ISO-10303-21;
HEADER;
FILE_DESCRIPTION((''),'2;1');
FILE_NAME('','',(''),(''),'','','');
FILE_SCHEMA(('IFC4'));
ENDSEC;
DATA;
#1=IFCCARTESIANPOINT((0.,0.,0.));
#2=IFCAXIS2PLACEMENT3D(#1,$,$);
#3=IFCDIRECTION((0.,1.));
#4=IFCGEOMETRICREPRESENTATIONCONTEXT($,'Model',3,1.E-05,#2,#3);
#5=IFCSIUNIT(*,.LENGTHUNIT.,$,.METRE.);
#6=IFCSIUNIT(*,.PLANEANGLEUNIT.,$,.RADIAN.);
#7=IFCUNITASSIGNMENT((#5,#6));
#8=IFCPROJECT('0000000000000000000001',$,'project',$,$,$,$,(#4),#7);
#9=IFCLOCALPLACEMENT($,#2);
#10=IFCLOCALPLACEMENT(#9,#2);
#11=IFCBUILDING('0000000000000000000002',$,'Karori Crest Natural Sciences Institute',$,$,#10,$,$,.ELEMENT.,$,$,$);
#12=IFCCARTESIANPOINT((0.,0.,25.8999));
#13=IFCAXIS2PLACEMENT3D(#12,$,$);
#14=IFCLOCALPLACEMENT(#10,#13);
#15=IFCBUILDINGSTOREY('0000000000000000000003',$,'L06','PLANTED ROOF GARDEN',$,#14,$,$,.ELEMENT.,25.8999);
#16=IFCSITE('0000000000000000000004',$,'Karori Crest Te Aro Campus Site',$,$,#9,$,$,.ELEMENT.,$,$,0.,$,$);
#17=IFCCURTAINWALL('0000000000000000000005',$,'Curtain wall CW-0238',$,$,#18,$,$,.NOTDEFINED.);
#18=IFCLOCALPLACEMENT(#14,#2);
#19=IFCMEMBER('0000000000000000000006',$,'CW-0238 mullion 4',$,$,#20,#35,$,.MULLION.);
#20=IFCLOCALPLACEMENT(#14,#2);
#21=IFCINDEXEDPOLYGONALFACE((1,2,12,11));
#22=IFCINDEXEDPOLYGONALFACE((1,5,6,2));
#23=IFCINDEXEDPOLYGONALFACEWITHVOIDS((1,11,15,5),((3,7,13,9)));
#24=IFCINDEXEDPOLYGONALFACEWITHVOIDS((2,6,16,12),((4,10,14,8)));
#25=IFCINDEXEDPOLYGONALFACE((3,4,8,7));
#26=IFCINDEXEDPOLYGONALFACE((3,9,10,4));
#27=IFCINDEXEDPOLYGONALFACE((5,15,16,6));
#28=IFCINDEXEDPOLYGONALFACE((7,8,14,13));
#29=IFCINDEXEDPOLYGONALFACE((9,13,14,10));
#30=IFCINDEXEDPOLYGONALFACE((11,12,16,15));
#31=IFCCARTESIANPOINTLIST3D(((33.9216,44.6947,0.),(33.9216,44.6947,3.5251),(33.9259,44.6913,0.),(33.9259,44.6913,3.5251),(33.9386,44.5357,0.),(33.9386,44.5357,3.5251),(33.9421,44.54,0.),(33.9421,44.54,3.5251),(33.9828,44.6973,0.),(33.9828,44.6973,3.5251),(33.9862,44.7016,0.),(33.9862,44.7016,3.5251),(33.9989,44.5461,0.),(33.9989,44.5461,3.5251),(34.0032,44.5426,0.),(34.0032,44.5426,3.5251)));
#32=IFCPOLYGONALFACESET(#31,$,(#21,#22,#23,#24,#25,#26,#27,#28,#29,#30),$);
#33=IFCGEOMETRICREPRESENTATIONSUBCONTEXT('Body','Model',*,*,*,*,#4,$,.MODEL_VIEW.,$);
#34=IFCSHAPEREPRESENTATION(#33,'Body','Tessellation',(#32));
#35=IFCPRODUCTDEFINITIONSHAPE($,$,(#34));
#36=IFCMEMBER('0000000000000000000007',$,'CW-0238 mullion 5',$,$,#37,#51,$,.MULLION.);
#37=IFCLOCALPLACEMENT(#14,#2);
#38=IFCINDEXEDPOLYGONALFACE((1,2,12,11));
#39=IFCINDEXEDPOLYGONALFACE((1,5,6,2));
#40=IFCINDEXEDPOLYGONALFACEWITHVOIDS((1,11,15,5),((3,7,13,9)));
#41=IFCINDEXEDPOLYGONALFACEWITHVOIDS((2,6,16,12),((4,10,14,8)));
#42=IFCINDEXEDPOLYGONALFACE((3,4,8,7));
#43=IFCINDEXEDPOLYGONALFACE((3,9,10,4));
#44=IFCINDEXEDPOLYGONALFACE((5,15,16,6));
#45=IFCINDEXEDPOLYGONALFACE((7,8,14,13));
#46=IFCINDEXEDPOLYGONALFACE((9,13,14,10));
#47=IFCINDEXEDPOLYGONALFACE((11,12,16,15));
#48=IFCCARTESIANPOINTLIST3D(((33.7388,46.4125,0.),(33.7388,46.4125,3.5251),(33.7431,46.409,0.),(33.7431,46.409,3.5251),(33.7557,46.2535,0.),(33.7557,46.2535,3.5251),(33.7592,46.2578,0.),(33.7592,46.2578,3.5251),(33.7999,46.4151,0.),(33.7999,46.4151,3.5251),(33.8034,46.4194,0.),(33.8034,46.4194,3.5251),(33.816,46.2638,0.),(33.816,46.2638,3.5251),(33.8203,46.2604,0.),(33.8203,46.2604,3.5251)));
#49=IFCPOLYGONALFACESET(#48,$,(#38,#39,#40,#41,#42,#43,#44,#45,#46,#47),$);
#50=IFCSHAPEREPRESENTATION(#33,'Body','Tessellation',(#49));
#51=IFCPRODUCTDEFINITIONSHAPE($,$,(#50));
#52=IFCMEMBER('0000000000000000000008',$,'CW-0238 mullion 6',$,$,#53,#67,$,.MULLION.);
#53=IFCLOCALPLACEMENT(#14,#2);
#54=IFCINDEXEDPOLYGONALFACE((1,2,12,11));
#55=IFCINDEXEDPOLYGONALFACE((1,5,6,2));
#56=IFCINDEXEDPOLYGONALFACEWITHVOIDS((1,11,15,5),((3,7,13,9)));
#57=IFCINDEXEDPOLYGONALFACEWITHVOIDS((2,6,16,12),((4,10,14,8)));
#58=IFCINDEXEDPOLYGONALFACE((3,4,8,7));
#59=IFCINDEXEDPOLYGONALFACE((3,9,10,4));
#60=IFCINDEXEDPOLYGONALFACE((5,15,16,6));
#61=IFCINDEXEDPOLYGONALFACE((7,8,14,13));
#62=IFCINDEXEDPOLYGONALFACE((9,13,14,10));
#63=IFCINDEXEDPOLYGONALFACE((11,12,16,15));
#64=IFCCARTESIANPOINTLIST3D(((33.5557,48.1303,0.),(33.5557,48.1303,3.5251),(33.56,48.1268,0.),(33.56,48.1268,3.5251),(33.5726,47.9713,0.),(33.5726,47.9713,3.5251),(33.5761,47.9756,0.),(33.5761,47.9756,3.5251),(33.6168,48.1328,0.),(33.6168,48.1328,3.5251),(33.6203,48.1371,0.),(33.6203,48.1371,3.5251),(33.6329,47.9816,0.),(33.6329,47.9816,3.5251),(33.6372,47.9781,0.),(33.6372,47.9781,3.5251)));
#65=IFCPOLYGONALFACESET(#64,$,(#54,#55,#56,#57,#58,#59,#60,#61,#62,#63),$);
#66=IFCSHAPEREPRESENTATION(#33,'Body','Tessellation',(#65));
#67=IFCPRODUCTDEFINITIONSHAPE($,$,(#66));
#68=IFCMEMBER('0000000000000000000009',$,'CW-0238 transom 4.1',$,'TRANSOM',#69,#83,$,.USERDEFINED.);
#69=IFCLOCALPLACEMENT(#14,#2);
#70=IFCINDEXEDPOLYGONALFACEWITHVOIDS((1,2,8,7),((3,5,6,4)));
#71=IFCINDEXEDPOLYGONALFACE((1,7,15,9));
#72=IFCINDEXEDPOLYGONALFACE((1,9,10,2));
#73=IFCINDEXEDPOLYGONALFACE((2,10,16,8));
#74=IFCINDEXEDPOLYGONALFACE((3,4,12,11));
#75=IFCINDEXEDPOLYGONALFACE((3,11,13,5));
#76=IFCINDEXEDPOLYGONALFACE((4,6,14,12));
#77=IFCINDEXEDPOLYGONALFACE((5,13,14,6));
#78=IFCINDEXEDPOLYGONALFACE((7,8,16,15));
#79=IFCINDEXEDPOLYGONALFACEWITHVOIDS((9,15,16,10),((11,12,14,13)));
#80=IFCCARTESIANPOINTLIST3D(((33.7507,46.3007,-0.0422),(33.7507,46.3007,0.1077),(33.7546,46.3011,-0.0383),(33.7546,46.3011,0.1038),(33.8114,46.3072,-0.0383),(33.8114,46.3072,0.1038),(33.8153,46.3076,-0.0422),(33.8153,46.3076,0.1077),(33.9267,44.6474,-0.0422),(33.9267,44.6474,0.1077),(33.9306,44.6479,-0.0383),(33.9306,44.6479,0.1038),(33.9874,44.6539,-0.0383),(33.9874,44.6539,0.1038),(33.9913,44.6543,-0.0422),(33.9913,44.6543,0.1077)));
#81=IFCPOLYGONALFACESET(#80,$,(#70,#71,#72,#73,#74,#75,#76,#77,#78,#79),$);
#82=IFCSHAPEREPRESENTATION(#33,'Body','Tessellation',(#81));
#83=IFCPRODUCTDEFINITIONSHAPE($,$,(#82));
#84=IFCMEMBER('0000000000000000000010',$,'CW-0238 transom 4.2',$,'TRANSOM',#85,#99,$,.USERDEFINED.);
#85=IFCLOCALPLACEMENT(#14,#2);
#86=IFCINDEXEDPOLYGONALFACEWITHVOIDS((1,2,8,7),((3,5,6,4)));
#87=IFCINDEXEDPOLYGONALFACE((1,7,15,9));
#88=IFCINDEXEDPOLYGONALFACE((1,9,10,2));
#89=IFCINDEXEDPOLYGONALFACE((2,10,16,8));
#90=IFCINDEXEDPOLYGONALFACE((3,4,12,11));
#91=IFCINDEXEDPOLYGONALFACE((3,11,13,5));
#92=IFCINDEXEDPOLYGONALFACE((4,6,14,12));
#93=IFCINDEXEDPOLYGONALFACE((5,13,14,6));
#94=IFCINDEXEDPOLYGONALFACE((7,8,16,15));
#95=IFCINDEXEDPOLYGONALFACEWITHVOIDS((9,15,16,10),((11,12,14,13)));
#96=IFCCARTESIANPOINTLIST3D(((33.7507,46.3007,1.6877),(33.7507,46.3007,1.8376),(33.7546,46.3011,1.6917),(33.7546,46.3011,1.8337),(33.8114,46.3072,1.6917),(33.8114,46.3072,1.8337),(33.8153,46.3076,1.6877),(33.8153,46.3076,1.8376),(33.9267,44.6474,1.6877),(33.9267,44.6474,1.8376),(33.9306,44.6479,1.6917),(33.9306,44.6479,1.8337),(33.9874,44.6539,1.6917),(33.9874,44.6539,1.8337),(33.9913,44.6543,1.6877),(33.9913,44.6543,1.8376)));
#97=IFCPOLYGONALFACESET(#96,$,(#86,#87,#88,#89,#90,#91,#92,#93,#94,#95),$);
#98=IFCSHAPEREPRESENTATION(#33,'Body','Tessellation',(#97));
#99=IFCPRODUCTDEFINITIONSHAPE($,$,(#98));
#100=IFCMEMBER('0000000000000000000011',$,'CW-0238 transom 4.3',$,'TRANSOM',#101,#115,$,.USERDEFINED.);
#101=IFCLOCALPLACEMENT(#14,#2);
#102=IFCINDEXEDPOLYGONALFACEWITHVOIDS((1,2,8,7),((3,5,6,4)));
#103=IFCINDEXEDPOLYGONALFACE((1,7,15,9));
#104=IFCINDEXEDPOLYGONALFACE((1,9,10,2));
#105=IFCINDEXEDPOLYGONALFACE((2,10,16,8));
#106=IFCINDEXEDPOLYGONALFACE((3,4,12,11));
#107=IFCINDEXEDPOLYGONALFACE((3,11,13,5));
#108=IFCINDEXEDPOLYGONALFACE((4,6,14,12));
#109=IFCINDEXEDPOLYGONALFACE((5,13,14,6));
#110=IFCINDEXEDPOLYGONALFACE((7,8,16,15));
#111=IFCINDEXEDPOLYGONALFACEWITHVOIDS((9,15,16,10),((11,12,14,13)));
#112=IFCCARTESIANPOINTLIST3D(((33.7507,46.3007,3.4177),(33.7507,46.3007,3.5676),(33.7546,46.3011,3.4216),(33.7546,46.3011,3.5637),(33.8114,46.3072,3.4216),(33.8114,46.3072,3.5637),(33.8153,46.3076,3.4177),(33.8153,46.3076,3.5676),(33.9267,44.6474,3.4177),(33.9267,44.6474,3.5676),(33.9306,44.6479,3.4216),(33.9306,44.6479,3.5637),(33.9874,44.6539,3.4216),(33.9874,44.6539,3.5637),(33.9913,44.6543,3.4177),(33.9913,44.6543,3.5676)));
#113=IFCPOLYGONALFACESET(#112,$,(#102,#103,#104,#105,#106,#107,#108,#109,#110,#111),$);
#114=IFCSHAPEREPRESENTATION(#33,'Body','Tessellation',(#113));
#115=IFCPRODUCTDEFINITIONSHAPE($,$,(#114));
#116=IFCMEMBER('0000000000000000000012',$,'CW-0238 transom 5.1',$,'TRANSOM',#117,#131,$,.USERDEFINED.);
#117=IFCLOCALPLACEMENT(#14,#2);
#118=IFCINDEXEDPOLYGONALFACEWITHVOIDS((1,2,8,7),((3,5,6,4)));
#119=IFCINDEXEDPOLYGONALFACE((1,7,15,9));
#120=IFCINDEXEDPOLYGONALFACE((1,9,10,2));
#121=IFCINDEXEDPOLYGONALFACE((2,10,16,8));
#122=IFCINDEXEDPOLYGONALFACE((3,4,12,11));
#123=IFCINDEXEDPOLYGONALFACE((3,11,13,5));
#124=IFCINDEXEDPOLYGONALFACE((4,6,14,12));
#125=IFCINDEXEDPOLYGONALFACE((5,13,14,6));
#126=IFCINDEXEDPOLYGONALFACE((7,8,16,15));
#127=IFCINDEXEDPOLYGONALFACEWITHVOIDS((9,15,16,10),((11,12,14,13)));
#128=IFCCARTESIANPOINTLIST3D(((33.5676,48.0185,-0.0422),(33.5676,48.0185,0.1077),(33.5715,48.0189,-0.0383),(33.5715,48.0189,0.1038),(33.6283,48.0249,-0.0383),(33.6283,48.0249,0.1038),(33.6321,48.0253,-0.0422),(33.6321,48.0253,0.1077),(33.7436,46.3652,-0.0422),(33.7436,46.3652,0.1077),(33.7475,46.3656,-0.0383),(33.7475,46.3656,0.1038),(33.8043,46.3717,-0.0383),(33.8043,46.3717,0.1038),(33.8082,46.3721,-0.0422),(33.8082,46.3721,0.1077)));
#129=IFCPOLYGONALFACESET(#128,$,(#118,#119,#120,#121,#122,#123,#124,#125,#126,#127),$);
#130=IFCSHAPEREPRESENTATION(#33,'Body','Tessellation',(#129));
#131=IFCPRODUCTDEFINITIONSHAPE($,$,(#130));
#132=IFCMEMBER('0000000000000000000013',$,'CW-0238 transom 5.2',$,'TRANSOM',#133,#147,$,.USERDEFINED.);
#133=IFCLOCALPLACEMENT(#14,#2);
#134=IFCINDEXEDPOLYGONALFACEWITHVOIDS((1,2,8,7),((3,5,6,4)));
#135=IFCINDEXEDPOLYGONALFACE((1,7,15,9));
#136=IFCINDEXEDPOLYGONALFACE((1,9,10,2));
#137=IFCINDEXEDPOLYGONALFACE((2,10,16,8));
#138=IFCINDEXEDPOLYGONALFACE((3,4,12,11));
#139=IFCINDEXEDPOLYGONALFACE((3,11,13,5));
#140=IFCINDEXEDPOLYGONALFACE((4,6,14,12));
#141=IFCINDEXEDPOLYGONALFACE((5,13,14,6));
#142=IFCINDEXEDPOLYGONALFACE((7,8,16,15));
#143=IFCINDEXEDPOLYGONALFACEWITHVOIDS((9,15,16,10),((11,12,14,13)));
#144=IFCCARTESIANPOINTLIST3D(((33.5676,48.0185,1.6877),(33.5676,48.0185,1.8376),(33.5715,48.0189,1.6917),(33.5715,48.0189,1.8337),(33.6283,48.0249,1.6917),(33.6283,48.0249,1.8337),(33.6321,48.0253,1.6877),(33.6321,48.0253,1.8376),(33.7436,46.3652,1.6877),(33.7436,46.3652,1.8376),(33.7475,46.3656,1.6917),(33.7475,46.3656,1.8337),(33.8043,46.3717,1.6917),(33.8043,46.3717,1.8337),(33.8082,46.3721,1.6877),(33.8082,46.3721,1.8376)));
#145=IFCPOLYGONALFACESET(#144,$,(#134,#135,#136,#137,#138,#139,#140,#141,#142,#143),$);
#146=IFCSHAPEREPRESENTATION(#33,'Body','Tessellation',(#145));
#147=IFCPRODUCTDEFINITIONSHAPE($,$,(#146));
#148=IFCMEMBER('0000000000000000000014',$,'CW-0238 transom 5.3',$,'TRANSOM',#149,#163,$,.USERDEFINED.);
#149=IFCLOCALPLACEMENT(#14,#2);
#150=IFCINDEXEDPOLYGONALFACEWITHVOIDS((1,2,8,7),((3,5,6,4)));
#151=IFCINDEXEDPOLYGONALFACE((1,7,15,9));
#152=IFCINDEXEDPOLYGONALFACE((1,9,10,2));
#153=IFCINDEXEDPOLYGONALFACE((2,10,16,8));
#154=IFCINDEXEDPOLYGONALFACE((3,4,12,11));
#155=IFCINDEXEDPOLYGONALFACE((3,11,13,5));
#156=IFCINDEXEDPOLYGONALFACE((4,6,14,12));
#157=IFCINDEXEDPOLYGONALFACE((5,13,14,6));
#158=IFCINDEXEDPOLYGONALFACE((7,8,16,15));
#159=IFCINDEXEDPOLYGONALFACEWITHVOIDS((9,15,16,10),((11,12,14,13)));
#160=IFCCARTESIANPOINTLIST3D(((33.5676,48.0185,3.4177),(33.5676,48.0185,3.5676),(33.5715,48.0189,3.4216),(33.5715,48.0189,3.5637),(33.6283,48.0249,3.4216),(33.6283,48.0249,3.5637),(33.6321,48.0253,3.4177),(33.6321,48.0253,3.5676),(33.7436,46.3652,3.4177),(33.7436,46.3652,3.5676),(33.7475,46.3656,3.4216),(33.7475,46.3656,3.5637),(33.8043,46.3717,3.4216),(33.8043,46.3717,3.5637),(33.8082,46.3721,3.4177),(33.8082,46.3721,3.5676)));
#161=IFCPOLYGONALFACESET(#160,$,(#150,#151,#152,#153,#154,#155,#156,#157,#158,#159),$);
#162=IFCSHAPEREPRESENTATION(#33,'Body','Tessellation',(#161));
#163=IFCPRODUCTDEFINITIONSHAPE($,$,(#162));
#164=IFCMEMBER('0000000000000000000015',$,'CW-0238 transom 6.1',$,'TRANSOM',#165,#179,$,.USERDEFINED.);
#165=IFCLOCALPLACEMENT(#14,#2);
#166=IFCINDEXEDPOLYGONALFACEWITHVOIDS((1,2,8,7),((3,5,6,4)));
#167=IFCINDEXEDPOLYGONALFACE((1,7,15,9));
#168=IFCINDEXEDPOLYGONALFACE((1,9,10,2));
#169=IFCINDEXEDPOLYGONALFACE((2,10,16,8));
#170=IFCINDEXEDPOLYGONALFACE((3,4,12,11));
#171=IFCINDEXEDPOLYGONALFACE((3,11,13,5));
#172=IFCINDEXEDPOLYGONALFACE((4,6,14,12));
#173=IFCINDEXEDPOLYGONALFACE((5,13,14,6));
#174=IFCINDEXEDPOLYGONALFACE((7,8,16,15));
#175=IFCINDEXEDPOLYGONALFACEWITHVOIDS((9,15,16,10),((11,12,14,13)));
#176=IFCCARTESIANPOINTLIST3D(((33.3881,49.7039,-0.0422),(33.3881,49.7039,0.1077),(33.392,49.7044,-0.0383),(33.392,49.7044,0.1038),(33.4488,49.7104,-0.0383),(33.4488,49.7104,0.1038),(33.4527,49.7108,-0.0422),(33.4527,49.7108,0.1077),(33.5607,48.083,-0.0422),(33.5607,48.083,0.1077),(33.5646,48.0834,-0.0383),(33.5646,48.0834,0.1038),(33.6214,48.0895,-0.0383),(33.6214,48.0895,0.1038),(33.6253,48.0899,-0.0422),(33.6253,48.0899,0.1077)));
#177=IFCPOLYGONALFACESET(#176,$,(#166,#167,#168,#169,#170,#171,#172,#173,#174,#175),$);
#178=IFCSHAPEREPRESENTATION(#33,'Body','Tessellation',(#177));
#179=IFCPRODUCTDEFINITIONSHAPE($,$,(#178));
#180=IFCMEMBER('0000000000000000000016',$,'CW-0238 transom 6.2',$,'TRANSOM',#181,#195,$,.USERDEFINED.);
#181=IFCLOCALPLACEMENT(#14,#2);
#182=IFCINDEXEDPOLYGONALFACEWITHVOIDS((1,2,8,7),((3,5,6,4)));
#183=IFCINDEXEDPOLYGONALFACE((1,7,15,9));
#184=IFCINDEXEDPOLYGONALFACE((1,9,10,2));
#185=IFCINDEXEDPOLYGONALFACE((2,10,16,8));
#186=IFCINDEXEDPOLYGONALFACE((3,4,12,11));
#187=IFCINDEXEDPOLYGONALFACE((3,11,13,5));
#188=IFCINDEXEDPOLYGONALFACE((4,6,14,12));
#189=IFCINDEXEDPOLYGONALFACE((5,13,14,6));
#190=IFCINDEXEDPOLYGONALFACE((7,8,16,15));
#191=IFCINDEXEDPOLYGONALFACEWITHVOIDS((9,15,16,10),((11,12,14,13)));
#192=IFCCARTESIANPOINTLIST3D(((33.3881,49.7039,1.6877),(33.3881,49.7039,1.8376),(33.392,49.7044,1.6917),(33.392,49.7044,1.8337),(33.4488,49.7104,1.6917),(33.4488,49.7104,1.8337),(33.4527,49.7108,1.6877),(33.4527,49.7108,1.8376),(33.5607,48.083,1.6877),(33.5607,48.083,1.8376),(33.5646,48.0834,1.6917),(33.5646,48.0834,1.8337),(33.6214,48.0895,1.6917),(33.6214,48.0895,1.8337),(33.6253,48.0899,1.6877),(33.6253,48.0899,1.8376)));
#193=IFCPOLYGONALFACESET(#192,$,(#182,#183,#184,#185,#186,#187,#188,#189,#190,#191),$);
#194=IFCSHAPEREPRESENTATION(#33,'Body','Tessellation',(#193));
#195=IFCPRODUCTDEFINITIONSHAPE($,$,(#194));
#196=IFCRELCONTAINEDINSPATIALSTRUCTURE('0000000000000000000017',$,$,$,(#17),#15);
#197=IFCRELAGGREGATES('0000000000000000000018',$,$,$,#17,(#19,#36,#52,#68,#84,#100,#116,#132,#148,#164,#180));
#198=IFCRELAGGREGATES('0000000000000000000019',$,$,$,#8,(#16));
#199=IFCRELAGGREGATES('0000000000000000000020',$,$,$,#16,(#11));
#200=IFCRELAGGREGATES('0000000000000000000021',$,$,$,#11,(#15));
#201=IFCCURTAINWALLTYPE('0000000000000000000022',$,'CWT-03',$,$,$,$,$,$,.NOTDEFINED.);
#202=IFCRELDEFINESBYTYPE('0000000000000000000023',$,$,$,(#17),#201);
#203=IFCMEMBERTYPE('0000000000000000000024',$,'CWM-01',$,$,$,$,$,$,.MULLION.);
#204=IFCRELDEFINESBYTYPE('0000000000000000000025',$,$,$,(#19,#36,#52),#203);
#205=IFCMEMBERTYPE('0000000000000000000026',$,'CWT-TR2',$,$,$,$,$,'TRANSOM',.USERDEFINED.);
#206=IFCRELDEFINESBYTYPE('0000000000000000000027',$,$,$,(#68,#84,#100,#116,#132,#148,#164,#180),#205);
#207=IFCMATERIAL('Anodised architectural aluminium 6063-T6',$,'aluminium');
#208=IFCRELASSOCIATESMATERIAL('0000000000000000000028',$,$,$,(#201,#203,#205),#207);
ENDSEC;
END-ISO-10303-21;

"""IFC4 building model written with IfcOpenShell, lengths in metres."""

from ifc_helpers import new_model, si_unit, direction, frame, origin, origin_2d, place, context, subcontext, project, spatial, hollow_rectangle, extrude, material, material_profile, profile_set, type_object, element, aggregate, save


model = new_model("IFC4")

# Units and contexts
model_context = context("Model", 3, precision=1e-05, world=origin(), true_north=direction((0.0, 1.0)))
body_context = subcontext(model_context, "Body", "Model", "MODEL_VIEW")
ifc_project = project(units=[si_unit("LENGTHUNIT", "METRE"), si_unit("PLANEANGLEUNIT", "RADIAN")], contexts=[model_context])

# Site, building, storey
site_placement = place(None, origin())
site = spatial("IfcSite", under=ifc_project, at=site_placement, Name="Karori Crest Te Aro Campus Site", CompositionType="ELEMENT", RefElevation=0.0)
building_placement = place(site_placement, origin())
building = spatial("IfcBuilding", under=site, at=building_placement, Name="Karori Crest Natural Sciences Institute", CompositionType="ELEMENT")
storey_placement = place(building_placement, frame((0.0, 0.0, 25.8999)))
storey = spatial("IfcBuildingStorey", under=building, at=storey_placement, Name="L06", Description="PLANTED ROOF GARDEN", CompositionType="ELEMENT", Elevation=25.8999)

# Curtain wall, members
ifc_material_1 = material(Name="Anodised architectural aluminium 6063-T6", Category="aluminium")
curtain_wall_type = type_object("IfcCurtainWallType", Name="CWT-03", PredefinedType="NOTDEFINED", material=ifc_material_1)
curtain_wall_placement = place(storey_placement, origin())
curtain_wall = element("IfcCurtainWall", 1, at=curtain_wall_placement, inside=storey, type_object=curtain_wall_type, Name="Curtain wall CW-0238", PredefinedType="NOTDEFINED")
ifc_material_profile_1 = material_profile(ifc_material_1, hollow_rectangle(XDim=0.0649, YDim=0.1599, WallThickness=0.0039, at=origin_2d()), Name="CWM160x65x4")
ifc_profile_set_1 = profile_set([ifc_material_profile_1], Name="Anodised architectural aluminium 6063-T6")
member_type_1 = type_object("IfcMemberType", Name="CWM-01", PredefinedType="MULLION", material=ifc_profile_set_1)
member_1_placement = place(storey_placement, frame((33.9624, 44.6187, 0.0), z_axis=(0.0, 0.0, 1.0), x_axis=(-0.994378, -0.105884, 0.0)))
member_1 = element("IfcMember", 2, at=member_1_placement, type_object=member_type_1, Name="CW-0238 mullion 4", PredefinedType="MULLION", context=body_context, shape_type="SweptSolid", body=[
    extrude(hollow_rectangle(XDim=0.0649, YDim=0.1599, WallThickness=0.0039, at=origin_2d()), origin(), (0.0, 0.0, 1.0), 3.5251),
])
member_2_placement = place(storey_placement, frame((33.7795, 46.3364, 0.0), z_axis=(0.0, 0.0, 1.0), x_axis=(-0.994378, -0.105884, 0.0)))
member_2 = element("IfcMember", 3, at=member_2_placement, type_object=member_type_1, Name="CW-0238 mullion 5", PredefinedType="MULLION", context=body_context, shape_type="SweptSolid", body=[
    extrude(hollow_rectangle(XDim=0.0649, YDim=0.1599, WallThickness=0.0039, at=origin_2d()), origin(), (0.0, 0.0, 1.0), 3.5251),
])
member_3_placement = place(storey_placement, frame((33.5964, 48.0542, 0.0), z_axis=(0.0, 0.0, 1.0), x_axis=(-0.994378, -0.105884, 0.0)))
member_3 = element("IfcMember", 4, at=member_3_placement, type_object=member_type_1, Name="CW-0238 mullion 6", PredefinedType="MULLION", context=body_context, shape_type="SweptSolid", body=[
    extrude(hollow_rectangle(XDim=0.0649, YDim=0.1599, WallThickness=0.0039, at=origin_2d()), origin(), (0.0, 0.0, 1.0), 3.5251),
])
ifc_material_profile_2 = material_profile(ifc_material_1, hollow_rectangle(XDim=0.0649, YDim=0.1499, WallThickness=0.0039, at=origin_2d()), Name="CWT150x65x4")
ifc_profile_set_2 = profile_set([ifc_material_profile_2], Name="Anodised architectural aluminium 6063-T6")
member_type_2 = type_object("IfcMemberType", Name="CWT-TR2", ElementType="TRANSOM", PredefinedType="USERDEFINED", material=ifc_profile_set_2)
member_4_placement = place(storey_placement, frame((33.959, 44.6509, 0.0327), z_axis=(-0.105869, 0.99438, 0.0), x_axis=(-0.99438, -0.105869, 0.0)))
member_4 = element("IfcMember", 5, at=member_4_placement, type_object=member_type_2, Name="CW-0238 transom 4.1", ObjectType="TRANSOM", PredefinedType="USERDEFINED", context=body_context, shape_type="SweptSolid", body=[
    extrude(hollow_rectangle(XDim=0.0649, YDim=0.1499, WallThickness=0.0039, at=origin_2d()), origin(), (0.0, 0.0, 1.0), 1.6626),
])
member_5_placement = place(storey_placement, frame((33.959, 44.6509, 1.7627), z_axis=(-0.105869, 0.99438, 0.0), x_axis=(-0.99438, -0.105869, 0.0)))
member_5 = element("IfcMember", 6, at=member_5_placement, type_object=member_type_2, Name="CW-0238 transom 4.2", ObjectType="TRANSOM", PredefinedType="USERDEFINED", context=body_context, shape_type="SweptSolid", body=[
    extrude(hollow_rectangle(XDim=0.0649, YDim=0.1499, WallThickness=0.0039, at=origin_2d()), origin(), (0.0, 0.0, 1.0), 1.6626),
])
member_6_placement = place(storey_placement, frame((33.959, 44.6509, 3.4927), z_axis=(-0.105869, 0.99438, 0.0), x_axis=(-0.99438, -0.105869, 0.0)))
member_6 = element("IfcMember", 7, at=member_6_placement, type_object=member_type_2, Name="CW-0238 transom 4.3", ObjectType="TRANSOM", PredefinedType="USERDEFINED", context=body_context, shape_type="SweptSolid", body=[
    extrude(hollow_rectangle(XDim=0.0649, YDim=0.1499, WallThickness=0.0039, at=origin_2d()), origin(), (0.0, 0.0, 1.0), 1.6626),
])
member_7_placement = place(storey_placement, frame((33.7759, 46.3687, 0.0327), z_axis=(-0.105869, 0.99438, 0.0), x_axis=(-0.99438, -0.105869, 0.0)))
member_7 = element("IfcMember", 8, at=member_7_placement, type_object=member_type_2, Name="CW-0238 transom 5.1", ObjectType="TRANSOM", PredefinedType="USERDEFINED", context=body_context, shape_type="SweptSolid", body=[
    extrude(hollow_rectangle(XDim=0.0649, YDim=0.1499, WallThickness=0.0039, at=origin_2d()), origin(), (0.0, 0.0, 1.0), 1.6626),
])
member_8_placement = place(storey_placement, frame((33.7759, 46.3687, 1.7627), z_axis=(-0.105869, 0.99438, 0.0), x_axis=(-0.99438, -0.105869, 0.0)))
member_8 = element("IfcMember", 9, at=member_8_placement, type_object=member_type_2, Name="CW-0238 transom 5.2", ObjectType="TRANSOM", PredefinedType="USERDEFINED", context=body_context, shape_type="SweptSolid", body=[
    extrude(hollow_rectangle(XDim=0.0649, YDim=0.1499, WallThickness=0.0039, at=origin_2d()), origin(), (0.0, 0.0, 1.0), 1.6626),
])
member_9_placement = place(storey_placement, frame((33.7759, 46.3687, 3.4927), z_axis=(-0.105869, 0.99438, 0.0), x_axis=(-0.99438, -0.105869, 0.0)))
member_9 = element("IfcMember", 10, at=member_9_placement, type_object=member_type_2, Name="CW-0238 transom 5.3", ObjectType="TRANSOM", PredefinedType="USERDEFINED", context=body_context, shape_type="SweptSolid", body=[
    extrude(hollow_rectangle(XDim=0.0649, YDim=0.1499, WallThickness=0.0039, at=origin_2d()), origin(), (0.0, 0.0, 1.0), 1.6626),
])
member_10_placement = place(storey_placement, frame((33.593, 48.0864, 0.0327), z_axis=(-0.105893, 0.994378, 0.0), x_axis=(-0.994378, -0.105893, 0.0)))
member_10 = element("IfcMember", 11, at=member_10_placement, type_object=member_type_2, Name="CW-0238 transom 6.1", ObjectType="TRANSOM", PredefinedType="USERDEFINED", context=body_context, shape_type="SweptSolid", body=[
    extrude(hollow_rectangle(XDim=0.0649, YDim=0.1499, WallThickness=0.0039, at=origin_2d()), origin(), (0.0, 0.0, 1.0), 1.6301),
])
member_11_placement = place(storey_placement, frame((33.593, 48.0864, 1.7627), z_axis=(-0.105893, 0.994378, 0.0), x_axis=(-0.994378, -0.105893, 0.0)))
member_11 = element("IfcMember", 12, at=member_11_placement, type_object=member_type_2, Name="CW-0238 transom 6.2", ObjectType="TRANSOM", PredefinedType="USERDEFINED", context=body_context, shape_type="SweptSolid", body=[
    extrude(hollow_rectangle(XDim=0.0649, YDim=0.1499, WallThickness=0.0039, at=origin_2d()), origin(), (0.0, 0.0, 1.0), 1.6301),
])
aggregate(curtain_wall, [member_1, member_2, member_3, member_4, member_5, member_6, member_7, member_8, member_9, member_10, member_11])

save(model, "model.ifc")
